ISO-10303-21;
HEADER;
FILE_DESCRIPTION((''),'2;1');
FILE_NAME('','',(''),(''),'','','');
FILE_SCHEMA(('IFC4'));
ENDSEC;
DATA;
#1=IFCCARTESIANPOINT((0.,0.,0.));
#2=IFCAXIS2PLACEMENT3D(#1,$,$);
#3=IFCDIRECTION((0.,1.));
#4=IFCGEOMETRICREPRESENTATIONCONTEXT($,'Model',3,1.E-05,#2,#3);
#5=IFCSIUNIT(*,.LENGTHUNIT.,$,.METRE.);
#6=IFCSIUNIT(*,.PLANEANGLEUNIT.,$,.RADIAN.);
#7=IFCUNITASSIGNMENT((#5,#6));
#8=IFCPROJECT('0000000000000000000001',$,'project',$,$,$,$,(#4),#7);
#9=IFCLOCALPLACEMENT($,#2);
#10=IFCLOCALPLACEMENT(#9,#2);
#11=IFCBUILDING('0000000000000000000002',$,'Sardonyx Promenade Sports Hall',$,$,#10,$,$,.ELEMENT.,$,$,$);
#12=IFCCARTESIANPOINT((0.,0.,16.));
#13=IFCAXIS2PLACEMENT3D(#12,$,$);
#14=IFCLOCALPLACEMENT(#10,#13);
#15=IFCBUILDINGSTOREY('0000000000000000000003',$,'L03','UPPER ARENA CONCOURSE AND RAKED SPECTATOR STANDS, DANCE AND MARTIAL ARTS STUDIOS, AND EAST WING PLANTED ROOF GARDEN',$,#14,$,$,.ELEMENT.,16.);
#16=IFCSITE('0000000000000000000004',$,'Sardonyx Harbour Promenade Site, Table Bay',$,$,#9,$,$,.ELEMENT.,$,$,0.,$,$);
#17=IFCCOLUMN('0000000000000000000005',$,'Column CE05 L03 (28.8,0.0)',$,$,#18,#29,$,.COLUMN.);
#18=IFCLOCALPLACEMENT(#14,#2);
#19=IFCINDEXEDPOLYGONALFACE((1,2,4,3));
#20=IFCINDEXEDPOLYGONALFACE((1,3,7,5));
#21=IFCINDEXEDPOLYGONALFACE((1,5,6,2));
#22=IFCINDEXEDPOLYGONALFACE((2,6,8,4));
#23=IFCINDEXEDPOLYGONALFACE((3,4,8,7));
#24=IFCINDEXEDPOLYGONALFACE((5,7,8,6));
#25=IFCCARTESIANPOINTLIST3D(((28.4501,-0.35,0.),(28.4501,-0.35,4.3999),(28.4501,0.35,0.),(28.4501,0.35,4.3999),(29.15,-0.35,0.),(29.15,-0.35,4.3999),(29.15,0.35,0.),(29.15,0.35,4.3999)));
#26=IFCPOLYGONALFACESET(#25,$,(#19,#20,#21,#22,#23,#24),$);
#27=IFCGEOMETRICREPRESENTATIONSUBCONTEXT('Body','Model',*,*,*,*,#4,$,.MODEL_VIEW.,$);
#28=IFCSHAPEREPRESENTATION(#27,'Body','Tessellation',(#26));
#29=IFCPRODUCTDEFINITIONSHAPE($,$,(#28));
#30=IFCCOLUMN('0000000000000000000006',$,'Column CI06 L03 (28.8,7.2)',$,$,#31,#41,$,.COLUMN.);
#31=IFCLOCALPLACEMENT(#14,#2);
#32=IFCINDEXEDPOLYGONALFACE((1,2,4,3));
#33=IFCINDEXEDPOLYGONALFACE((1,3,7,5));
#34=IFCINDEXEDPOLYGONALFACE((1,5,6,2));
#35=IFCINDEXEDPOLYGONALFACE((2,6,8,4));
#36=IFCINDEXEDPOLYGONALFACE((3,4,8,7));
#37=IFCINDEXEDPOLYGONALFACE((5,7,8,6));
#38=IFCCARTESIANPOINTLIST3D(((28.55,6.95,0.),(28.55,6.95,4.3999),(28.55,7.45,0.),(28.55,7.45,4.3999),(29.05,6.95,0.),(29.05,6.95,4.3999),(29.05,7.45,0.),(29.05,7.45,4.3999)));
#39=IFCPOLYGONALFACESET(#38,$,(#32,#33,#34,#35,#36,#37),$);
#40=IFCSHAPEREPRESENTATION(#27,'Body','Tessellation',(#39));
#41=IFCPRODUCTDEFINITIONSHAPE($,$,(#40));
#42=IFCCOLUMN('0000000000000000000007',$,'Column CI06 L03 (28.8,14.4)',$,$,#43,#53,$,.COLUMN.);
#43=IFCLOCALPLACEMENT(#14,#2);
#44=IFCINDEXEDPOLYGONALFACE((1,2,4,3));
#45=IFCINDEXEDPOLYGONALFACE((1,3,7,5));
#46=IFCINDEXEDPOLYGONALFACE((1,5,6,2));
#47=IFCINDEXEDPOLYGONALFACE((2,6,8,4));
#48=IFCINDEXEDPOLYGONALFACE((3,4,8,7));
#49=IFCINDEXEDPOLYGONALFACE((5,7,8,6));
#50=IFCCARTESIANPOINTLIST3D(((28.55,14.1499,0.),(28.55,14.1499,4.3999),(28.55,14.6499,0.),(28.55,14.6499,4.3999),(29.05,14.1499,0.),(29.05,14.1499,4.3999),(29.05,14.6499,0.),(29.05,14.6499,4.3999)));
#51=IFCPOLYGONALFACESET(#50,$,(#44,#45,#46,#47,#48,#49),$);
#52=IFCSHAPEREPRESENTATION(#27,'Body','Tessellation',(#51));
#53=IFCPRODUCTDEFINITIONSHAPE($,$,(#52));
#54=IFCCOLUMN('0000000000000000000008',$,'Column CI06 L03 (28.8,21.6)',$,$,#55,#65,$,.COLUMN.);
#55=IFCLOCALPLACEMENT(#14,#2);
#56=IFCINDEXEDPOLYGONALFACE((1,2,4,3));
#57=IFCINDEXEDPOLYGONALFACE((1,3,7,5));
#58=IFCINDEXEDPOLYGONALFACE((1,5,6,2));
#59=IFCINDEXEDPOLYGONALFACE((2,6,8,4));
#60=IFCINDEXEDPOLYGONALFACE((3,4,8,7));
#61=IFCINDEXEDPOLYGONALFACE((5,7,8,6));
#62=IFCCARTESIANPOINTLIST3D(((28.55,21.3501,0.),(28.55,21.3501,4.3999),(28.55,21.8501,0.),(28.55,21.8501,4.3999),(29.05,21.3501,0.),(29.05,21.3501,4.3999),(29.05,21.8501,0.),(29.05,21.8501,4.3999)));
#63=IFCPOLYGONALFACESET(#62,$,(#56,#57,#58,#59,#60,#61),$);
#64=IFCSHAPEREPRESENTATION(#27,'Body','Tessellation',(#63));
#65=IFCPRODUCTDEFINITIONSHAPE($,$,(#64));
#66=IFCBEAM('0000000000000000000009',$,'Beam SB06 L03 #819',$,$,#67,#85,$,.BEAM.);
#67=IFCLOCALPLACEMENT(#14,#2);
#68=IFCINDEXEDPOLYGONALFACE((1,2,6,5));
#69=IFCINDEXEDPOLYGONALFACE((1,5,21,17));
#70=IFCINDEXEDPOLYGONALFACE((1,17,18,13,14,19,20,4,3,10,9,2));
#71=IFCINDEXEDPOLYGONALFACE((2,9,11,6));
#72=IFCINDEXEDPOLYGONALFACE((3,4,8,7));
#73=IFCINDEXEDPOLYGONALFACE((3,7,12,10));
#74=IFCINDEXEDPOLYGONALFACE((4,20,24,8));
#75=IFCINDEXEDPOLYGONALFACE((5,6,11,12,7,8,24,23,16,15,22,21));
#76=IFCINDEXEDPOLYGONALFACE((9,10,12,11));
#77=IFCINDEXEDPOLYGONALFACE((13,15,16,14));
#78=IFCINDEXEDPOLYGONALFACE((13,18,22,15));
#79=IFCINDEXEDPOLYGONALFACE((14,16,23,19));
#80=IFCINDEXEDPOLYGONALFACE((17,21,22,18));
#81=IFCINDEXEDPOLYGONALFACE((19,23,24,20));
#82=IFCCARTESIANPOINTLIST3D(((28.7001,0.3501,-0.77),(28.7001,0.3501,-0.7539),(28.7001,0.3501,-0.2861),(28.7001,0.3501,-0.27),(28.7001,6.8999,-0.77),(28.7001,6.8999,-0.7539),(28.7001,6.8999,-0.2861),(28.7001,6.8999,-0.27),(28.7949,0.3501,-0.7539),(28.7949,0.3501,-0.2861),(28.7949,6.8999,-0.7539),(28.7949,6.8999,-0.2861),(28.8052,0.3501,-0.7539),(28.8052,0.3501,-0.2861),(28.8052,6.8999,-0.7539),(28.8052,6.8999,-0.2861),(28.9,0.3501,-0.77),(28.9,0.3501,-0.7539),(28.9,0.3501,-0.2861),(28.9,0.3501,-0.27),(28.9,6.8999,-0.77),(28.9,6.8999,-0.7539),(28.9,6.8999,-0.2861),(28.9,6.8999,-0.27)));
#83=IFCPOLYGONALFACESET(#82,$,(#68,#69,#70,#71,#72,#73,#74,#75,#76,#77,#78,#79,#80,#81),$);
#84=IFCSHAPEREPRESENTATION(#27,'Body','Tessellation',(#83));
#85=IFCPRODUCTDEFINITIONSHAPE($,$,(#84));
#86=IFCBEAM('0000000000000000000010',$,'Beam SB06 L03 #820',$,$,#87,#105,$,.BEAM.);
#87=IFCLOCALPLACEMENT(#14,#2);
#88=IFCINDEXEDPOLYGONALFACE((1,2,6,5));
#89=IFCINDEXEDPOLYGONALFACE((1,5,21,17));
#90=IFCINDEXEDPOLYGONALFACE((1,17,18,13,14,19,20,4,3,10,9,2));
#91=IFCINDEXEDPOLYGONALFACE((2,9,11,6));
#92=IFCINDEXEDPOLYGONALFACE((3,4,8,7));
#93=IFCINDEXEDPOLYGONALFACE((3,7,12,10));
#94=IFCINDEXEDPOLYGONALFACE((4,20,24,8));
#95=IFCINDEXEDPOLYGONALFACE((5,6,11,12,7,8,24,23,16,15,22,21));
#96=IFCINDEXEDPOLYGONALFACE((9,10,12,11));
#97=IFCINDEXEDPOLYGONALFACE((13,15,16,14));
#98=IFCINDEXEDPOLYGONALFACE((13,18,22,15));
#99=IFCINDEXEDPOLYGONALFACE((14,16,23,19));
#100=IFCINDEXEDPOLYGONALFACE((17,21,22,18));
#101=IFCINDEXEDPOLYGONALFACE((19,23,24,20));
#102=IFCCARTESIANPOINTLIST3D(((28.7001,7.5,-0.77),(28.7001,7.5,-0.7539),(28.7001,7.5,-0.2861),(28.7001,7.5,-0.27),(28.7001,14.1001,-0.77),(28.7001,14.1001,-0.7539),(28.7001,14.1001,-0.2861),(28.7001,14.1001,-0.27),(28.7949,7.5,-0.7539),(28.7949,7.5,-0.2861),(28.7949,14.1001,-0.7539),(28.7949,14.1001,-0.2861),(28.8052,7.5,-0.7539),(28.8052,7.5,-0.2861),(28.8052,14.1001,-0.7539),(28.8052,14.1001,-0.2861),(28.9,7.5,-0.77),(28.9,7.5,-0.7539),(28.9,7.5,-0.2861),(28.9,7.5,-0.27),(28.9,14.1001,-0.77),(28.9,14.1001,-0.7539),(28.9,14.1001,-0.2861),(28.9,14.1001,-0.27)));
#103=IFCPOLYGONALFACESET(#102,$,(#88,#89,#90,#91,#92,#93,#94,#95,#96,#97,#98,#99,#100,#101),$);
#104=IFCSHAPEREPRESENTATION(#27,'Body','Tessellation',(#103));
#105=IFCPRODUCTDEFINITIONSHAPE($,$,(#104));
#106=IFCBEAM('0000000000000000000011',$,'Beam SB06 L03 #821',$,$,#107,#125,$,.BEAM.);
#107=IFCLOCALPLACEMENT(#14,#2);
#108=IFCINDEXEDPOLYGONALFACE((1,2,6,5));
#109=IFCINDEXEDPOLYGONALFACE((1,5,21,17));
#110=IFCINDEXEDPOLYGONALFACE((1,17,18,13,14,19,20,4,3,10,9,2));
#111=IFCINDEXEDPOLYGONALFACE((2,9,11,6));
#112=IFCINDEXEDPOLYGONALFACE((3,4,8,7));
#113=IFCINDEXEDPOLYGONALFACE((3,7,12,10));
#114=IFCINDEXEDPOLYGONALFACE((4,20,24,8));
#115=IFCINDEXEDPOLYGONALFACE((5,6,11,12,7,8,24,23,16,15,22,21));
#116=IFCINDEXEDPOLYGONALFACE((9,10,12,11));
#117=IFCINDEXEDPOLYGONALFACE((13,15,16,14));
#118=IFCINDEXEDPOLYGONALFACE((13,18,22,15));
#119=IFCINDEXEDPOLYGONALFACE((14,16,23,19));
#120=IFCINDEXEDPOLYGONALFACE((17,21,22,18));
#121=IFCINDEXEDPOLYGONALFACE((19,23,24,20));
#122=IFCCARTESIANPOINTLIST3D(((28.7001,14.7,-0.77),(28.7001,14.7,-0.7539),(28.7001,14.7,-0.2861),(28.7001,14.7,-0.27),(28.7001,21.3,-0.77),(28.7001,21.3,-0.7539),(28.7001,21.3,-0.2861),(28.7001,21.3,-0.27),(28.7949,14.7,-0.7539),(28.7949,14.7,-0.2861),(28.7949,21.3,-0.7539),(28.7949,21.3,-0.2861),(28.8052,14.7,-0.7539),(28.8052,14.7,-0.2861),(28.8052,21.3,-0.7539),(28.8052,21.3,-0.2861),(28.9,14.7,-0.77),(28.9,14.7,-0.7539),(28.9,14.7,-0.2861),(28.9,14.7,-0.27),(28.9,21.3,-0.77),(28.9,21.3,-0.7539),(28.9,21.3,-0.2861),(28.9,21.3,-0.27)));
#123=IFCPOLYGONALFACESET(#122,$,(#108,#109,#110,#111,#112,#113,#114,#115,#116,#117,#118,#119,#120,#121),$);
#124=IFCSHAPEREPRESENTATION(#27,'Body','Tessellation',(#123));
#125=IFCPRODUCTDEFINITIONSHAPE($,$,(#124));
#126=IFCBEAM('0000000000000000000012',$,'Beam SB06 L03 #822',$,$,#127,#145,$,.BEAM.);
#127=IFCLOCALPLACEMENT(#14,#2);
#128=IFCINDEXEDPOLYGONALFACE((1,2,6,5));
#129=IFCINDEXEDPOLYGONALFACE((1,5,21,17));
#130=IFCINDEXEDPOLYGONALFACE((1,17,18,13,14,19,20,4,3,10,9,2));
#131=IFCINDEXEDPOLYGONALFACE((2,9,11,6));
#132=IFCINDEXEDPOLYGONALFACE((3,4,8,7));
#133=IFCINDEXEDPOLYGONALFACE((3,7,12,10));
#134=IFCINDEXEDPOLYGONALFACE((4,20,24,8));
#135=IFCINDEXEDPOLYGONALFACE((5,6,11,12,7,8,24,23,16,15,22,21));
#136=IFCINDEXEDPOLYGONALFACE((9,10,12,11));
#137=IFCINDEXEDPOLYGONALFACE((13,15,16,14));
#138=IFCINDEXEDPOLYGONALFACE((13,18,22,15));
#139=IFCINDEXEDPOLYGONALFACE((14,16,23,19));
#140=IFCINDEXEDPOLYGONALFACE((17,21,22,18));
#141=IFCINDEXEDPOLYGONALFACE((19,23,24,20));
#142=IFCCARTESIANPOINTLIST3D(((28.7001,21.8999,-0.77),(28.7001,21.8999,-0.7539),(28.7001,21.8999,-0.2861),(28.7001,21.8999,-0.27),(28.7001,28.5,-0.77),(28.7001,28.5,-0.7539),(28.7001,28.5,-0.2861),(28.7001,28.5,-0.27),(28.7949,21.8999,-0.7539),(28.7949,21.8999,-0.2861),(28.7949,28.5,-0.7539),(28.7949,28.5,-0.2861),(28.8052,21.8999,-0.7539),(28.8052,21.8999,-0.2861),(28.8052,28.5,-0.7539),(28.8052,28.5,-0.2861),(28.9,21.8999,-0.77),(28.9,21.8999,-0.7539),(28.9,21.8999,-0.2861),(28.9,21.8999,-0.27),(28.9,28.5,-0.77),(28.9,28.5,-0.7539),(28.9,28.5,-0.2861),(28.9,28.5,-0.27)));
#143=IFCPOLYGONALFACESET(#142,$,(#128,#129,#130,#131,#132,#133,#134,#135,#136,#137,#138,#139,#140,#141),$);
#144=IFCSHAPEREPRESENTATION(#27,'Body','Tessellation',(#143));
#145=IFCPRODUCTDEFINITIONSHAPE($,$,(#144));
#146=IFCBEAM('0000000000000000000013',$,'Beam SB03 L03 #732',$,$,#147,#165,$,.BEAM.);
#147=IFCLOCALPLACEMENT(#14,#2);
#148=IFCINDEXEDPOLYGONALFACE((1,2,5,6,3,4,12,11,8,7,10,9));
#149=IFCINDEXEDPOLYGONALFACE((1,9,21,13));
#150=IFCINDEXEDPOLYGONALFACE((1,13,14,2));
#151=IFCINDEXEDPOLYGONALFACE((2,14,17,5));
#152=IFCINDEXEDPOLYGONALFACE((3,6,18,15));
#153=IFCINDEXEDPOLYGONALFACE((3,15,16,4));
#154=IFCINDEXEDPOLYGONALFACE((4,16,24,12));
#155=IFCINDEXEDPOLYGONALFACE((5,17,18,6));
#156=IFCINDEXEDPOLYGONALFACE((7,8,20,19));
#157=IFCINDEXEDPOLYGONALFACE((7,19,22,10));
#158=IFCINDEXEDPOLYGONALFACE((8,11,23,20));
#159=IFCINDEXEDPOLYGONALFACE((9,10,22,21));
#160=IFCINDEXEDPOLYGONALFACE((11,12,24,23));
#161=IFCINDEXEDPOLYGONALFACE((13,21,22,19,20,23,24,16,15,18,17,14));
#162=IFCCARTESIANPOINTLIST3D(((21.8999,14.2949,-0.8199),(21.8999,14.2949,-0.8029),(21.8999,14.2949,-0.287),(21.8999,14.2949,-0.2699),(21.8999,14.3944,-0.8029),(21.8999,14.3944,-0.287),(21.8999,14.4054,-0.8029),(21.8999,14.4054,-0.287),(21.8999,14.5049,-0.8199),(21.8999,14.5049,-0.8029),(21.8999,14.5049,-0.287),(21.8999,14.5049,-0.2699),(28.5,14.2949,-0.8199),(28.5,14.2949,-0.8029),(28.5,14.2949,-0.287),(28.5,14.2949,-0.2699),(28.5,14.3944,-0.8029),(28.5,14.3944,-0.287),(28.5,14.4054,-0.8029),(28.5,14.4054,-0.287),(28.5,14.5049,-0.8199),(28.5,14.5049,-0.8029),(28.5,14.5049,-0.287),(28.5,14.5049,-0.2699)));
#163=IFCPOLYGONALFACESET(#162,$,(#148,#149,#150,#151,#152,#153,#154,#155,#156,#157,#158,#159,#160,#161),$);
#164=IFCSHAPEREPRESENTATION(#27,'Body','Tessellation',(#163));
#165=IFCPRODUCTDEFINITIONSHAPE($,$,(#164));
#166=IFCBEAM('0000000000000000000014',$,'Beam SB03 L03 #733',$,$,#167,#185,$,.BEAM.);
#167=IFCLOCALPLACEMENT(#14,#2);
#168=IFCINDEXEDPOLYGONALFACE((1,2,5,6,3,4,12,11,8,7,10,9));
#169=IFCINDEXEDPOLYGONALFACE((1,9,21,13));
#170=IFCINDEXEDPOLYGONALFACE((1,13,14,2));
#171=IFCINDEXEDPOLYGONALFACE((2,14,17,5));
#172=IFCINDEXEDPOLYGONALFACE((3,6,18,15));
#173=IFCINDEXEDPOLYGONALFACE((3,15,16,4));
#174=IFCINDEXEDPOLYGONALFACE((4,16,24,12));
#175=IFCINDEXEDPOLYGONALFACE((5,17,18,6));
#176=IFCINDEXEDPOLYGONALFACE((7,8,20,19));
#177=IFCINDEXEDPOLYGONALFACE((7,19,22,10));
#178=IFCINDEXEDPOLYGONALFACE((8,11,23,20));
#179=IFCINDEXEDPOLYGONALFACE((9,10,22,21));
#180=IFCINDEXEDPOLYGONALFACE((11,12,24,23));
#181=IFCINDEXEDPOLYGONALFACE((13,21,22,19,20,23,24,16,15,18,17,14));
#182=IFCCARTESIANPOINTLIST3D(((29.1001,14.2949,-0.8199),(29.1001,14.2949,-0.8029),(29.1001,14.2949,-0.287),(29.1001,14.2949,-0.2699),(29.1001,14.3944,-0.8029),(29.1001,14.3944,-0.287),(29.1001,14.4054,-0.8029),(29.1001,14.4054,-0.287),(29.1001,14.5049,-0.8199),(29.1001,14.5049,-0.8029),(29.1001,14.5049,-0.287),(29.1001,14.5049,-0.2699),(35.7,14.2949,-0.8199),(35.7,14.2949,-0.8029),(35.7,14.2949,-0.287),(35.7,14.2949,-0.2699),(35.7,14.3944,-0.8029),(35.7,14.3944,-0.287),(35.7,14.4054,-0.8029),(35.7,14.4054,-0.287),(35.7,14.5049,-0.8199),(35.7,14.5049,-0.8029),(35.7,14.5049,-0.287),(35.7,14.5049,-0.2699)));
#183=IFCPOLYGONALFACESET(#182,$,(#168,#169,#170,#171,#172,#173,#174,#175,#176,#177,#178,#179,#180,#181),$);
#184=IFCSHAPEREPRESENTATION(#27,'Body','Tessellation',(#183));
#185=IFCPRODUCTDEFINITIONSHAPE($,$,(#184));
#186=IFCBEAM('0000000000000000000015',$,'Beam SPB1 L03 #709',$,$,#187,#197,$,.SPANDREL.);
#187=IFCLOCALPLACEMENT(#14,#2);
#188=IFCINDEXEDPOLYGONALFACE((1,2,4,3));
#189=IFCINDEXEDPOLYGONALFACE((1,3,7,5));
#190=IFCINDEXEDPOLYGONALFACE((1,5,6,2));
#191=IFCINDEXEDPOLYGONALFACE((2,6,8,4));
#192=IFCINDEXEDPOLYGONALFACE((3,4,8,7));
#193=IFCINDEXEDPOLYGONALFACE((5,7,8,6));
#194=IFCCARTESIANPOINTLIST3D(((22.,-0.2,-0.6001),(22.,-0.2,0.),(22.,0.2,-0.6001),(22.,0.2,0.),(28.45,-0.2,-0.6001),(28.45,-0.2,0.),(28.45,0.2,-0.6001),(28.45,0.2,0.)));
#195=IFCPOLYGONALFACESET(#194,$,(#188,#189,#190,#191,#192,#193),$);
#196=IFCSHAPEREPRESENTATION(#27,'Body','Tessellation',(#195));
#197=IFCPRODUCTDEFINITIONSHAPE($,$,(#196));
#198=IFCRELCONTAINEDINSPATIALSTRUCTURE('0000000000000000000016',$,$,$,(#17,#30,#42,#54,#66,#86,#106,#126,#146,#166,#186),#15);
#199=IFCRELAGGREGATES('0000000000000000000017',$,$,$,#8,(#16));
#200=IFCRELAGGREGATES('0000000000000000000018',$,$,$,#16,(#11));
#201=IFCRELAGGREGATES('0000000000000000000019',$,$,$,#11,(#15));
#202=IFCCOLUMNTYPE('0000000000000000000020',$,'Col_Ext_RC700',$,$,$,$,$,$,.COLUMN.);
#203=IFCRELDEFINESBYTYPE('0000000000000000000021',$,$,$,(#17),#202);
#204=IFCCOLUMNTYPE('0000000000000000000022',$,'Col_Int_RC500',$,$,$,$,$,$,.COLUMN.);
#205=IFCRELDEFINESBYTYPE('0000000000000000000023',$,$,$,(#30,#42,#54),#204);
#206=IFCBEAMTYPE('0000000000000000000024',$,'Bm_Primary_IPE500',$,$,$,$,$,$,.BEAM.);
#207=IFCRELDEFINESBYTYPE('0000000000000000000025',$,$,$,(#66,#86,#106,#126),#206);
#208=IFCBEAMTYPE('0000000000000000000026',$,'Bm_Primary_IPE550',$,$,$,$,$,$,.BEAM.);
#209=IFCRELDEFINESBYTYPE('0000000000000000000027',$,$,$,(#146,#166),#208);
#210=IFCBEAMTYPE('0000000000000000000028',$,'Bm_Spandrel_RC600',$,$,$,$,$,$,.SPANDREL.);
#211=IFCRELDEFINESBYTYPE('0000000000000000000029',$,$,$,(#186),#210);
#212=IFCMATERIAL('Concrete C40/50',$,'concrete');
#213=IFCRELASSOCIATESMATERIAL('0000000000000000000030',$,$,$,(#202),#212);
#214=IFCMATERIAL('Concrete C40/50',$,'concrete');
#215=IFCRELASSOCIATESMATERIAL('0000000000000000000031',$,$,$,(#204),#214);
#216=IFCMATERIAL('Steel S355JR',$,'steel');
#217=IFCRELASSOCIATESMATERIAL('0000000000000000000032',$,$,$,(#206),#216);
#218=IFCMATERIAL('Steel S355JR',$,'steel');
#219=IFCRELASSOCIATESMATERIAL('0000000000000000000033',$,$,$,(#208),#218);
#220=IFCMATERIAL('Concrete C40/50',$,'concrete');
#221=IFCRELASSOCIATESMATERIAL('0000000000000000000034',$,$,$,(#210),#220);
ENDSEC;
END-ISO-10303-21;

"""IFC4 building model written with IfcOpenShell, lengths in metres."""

from ifc_helpers import new_model, si_unit, direction, frame, origin, origin_2d, place, context, subcontext, project, spatial, rectangle, i_section, extrude, material, material_profile, profile_set, type_object, element, save


model = new_model("IFC4")

# Units and contexts
model_context = context("Model", 3, precision=1e-05, world=origin(), true_north=direction((0.0, 1.0)))
body_context = subcontext(model_context, "Body", "Model", "MODEL_VIEW")
ifc_project = project(units=[si_unit("LENGTHUNIT", "METRE"), si_unit("PLANEANGLEUNIT", "RADIAN")], contexts=[model_context])

# Site, building, storey
site_placement = place(None, origin())
site = spatial("IfcSite", under=ifc_project, at=site_placement, Name="Sardonyx Harbour Promenade Site, Table Bay", CompositionType="ELEMENT", RefElevation=0.0)
building_placement = place(site_placement, origin())
building = spatial("IfcBuilding", under=site, at=building_placement, Name="Sardonyx Promenade Sports Hall", CompositionType="ELEMENT")
storey_placement = place(building_placement, frame((0.0, 0.0, 16.0)))
storey = spatial("IfcBuildingStorey", under=building, at=storey_placement, Name="L03", Description="UPPER ARENA CONCOURSE AND RAKED SPECTATOR STANDS, DANCE AND MARTIAL ARTS STUDIOS, AND EAST WING PLANTED ROOF GARDEN", CompositionType="ELEMENT", Elevation=16.0)

# Columns
ifc_material_1 = material(Name="Concrete C40/50", Category="concrete")
ifc_material_profile_1 = material_profile(ifc_material_1, rectangle(XDim=0.7, YDim=0.7, at=origin_2d()))
ifc_profile_set_1 = profile_set([ifc_material_profile_1], Name="Concrete C40/50")
column_type_1 = type_object("IfcColumnType", Name="Col_Ext_RC700", PredefinedType="COLUMN", material=ifc_profile_set_1)
column_placement = place(storey_placement, frame((28.8, 0.0, 0.0), z_axis=(0.0, 0.0, 1.0), x_axis=(1.0, 0.0, 0.0)))
element("IfcColumn", 1, at=column_placement, inside=storey, type_object=column_type_1, Name="Column CE05 L03 (28.8,0.0)", PredefinedType="COLUMN", context=body_context, shape_type="SweptSolid", body=[
    extrude(rectangle(XDim=0.7, YDim=0.7, at=origin_2d()), origin(), (0.0, 0.0, 1.0), 4.3999),
])
ifc_material_2 = material(Name="Concrete C40/50", Category="concrete")
ifc_material_profile_2 = material_profile(ifc_material_2, rectangle(XDim=0.5, YDim=0.5, at=origin_2d()))
ifc_profile_set_2 = profile_set([ifc_material_profile_2], Name="Concrete C40/50")
column_type_2 = type_object("IfcColumnType", Name="Col_Int_RC500", PredefinedType="COLUMN", material=ifc_profile_set_2)
for number, where, z_axis, x_axis, name in (
    (2, (28.8, 7.2, 0.0), (0.0, 0.0, 1.0), (1.0, 0.0, 0.0), "Column CI06 L03 (28.8,7.2)"),
    (3, (28.8, 14.3999, 0.0), (0.0, 0.0, 1.0), (1.0, 0.0, 0.0), "Column CI06 L03 (28.8,14.4)"),
    (4, (28.8, 21.6001, 0.0), (0.0, 0.0, 1.0), (1.0, 0.0, 0.0), "Column CI06 L03 (28.8,21.6)"),
):
    element("IfcColumn", number, at=place(storey_placement, frame(where, z_axis=z_axis, x_axis=x_axis)), inside=storey, type_object=column_type_2, Name=name, PredefinedType="COLUMN", context=body_context, shape_type="SweptSolid", body=[
        extrude(rectangle(XDim=0.5, YDim=0.5, at=origin_2d()), origin(), (0.0, 0.0, 1.0), 4.3999),
    ])

# Beams
ifc_material_3 = material(Name="Steel S355JR", Category="steel")
ifc_material_profile_3 = material_profile(ifc_material_3, i_section(OverallWidth=0.2, OverallDepth=0.5, WebThickness=0.0103, FlangeThickness=0.0161, at=origin_2d()))
ifc_profile_set_3 = profile_set([ifc_material_profile_3], Name="Steel S355JR")
beam_type_1 = type_object("IfcBeamType", Name="Bm_Primary_IPE500", PredefinedType="BEAM", material=ifc_profile_set_3)
beam_1_placement = place(storey_placement, frame((28.8, 0.3501, -0.52), z_axis=(0.0, 1.0, 0.0), x_axis=(-1.0, 0.0, 0.0)))
element("IfcBeam", 5, at=beam_1_placement, inside=storey, type_object=beam_type_1, Name="Beam SB06 L03 #819", PredefinedType="BEAM", context=body_context, shape_type="SweptSolid", body=[
    extrude(i_section(OverallWidth=0.2, OverallDepth=0.5, WebThickness=0.0103, FlangeThickness=0.0161, at=origin_2d()), origin(), (0.0, 0.0, 1.0), 6.5498),
])
for number, where, z_axis, x_axis, name in (
    (6, (28.8, 7.5, -0.52), (0.0, 1.0, 0.0), (-1.0, 0.0, 0.0), "Beam SB06 L03 #820"),
    (7, (28.8, 14.7, -0.52), (0.0, 1.0, 0.0), (-1.0, 0.0, 0.0), "Beam SB06 L03 #821"),
    (8, (28.8, 21.8999, -0.52), (0.0, 1.0, 0.0), (-1.0, 0.0, 0.0), "Beam SB06 L03 #822"),
):
    element("IfcBeam", number, at=place(storey_placement, frame(where, z_axis=z_axis, x_axis=x_axis)), inside=storey, type_object=beam_type_1, Name=name, PredefinedType="BEAM", context=body_context, shape_type="SweptSolid", body=[
        extrude(i_section(OverallWidth=0.2, OverallDepth=0.5, WebThickness=0.0103, FlangeThickness=0.0161, at=origin_2d()), origin(), (0.0, 0.0, 1.0), 6.6001),
    ])
ifc_material_4 = material(Name="Steel S355JR", Category="steel")
ifc_material_profile_4 = material_profile(ifc_material_4, i_section(OverallWidth=0.21, OverallDepth=0.55, WebThickness=0.011, FlangeThickness=0.0171, at=origin_2d()))
ifc_profile_set_4 = profile_set([ifc_material_profile_4], Name="Steel S355JR")
beam_type_2 = type_object("IfcBeamType", Name="Bm_Primary_IPE550", PredefinedType="BEAM", material=ifc_profile_set_4)
beam_2_placement = place(storey_placement, frame((21.8999, 14.3999, -0.5449), z_axis=(1.0, 0.0, 0.0), x_axis=(0.0, 1.0, 0.0)))
element("IfcBeam", 9, at=beam_2_placement, inside=storey, type_object=beam_type_2, Name="Beam SB03 L03 #732", PredefinedType="BEAM", context=body_context, shape_type="SweptSolid", body=[
    extrude(i_section(OverallWidth=0.21, OverallDepth=0.55, WebThickness=0.011, FlangeThickness=0.0171, at=origin_2d()), origin(), (0.0, 0.0, 1.0), 6.6001),
])
beam_3_placement = place(storey_placement, frame((29.1001, 14.3999, -0.5449), z_axis=(1.0, 0.0, 0.0), x_axis=(0.0, 1.0, 0.0)))
element("IfcBeam", 10, at=beam_3_placement, inside=storey, type_object=beam_type_2, Name="Beam SB03 L03 #733", PredefinedType="BEAM", context=body_context, shape_type="SweptSolid", body=[
    extrude(i_section(OverallWidth=0.21, OverallDepth=0.55, WebThickness=0.011, FlangeThickness=0.0171, at=origin_2d()), origin(), (0.0, 0.0, 1.0), 6.5999),
])
ifc_material_5 = material(Name="Concrete C40/50", Category="concrete")
ifc_material_profile_5 = material_profile(ifc_material_5, rectangle(XDim=0.3999, YDim=0.6001, at=origin_2d()))
ifc_profile_set_5 = profile_set([ifc_material_profile_5], Name="Concrete C40/50")
beam_type_3 = type_object("IfcBeamType", Name="Bm_Spandrel_RC600", PredefinedType="SPANDREL", material=ifc_profile_set_5)
beam_4_placement = place(storey_placement, frame((22.0, 0.0, -0.3), z_axis=(1.0, 0.0, 0.0), x_axis=(0.0, 1.0, 0.0)))
element("IfcBeam", 11, at=beam_4_placement, inside=storey, type_object=beam_type_3, Name="Beam SPB1 L03 #709", PredefinedType="SPANDREL", context=body_context, shape_type="SweptSolid", body=[
    extrude(rectangle(XDim=0.3999, YDim=0.6001, at=origin_2d()), origin(), (0.0, 0.0, 1.0), 6.45),
])

save(model, "model.ifc")
